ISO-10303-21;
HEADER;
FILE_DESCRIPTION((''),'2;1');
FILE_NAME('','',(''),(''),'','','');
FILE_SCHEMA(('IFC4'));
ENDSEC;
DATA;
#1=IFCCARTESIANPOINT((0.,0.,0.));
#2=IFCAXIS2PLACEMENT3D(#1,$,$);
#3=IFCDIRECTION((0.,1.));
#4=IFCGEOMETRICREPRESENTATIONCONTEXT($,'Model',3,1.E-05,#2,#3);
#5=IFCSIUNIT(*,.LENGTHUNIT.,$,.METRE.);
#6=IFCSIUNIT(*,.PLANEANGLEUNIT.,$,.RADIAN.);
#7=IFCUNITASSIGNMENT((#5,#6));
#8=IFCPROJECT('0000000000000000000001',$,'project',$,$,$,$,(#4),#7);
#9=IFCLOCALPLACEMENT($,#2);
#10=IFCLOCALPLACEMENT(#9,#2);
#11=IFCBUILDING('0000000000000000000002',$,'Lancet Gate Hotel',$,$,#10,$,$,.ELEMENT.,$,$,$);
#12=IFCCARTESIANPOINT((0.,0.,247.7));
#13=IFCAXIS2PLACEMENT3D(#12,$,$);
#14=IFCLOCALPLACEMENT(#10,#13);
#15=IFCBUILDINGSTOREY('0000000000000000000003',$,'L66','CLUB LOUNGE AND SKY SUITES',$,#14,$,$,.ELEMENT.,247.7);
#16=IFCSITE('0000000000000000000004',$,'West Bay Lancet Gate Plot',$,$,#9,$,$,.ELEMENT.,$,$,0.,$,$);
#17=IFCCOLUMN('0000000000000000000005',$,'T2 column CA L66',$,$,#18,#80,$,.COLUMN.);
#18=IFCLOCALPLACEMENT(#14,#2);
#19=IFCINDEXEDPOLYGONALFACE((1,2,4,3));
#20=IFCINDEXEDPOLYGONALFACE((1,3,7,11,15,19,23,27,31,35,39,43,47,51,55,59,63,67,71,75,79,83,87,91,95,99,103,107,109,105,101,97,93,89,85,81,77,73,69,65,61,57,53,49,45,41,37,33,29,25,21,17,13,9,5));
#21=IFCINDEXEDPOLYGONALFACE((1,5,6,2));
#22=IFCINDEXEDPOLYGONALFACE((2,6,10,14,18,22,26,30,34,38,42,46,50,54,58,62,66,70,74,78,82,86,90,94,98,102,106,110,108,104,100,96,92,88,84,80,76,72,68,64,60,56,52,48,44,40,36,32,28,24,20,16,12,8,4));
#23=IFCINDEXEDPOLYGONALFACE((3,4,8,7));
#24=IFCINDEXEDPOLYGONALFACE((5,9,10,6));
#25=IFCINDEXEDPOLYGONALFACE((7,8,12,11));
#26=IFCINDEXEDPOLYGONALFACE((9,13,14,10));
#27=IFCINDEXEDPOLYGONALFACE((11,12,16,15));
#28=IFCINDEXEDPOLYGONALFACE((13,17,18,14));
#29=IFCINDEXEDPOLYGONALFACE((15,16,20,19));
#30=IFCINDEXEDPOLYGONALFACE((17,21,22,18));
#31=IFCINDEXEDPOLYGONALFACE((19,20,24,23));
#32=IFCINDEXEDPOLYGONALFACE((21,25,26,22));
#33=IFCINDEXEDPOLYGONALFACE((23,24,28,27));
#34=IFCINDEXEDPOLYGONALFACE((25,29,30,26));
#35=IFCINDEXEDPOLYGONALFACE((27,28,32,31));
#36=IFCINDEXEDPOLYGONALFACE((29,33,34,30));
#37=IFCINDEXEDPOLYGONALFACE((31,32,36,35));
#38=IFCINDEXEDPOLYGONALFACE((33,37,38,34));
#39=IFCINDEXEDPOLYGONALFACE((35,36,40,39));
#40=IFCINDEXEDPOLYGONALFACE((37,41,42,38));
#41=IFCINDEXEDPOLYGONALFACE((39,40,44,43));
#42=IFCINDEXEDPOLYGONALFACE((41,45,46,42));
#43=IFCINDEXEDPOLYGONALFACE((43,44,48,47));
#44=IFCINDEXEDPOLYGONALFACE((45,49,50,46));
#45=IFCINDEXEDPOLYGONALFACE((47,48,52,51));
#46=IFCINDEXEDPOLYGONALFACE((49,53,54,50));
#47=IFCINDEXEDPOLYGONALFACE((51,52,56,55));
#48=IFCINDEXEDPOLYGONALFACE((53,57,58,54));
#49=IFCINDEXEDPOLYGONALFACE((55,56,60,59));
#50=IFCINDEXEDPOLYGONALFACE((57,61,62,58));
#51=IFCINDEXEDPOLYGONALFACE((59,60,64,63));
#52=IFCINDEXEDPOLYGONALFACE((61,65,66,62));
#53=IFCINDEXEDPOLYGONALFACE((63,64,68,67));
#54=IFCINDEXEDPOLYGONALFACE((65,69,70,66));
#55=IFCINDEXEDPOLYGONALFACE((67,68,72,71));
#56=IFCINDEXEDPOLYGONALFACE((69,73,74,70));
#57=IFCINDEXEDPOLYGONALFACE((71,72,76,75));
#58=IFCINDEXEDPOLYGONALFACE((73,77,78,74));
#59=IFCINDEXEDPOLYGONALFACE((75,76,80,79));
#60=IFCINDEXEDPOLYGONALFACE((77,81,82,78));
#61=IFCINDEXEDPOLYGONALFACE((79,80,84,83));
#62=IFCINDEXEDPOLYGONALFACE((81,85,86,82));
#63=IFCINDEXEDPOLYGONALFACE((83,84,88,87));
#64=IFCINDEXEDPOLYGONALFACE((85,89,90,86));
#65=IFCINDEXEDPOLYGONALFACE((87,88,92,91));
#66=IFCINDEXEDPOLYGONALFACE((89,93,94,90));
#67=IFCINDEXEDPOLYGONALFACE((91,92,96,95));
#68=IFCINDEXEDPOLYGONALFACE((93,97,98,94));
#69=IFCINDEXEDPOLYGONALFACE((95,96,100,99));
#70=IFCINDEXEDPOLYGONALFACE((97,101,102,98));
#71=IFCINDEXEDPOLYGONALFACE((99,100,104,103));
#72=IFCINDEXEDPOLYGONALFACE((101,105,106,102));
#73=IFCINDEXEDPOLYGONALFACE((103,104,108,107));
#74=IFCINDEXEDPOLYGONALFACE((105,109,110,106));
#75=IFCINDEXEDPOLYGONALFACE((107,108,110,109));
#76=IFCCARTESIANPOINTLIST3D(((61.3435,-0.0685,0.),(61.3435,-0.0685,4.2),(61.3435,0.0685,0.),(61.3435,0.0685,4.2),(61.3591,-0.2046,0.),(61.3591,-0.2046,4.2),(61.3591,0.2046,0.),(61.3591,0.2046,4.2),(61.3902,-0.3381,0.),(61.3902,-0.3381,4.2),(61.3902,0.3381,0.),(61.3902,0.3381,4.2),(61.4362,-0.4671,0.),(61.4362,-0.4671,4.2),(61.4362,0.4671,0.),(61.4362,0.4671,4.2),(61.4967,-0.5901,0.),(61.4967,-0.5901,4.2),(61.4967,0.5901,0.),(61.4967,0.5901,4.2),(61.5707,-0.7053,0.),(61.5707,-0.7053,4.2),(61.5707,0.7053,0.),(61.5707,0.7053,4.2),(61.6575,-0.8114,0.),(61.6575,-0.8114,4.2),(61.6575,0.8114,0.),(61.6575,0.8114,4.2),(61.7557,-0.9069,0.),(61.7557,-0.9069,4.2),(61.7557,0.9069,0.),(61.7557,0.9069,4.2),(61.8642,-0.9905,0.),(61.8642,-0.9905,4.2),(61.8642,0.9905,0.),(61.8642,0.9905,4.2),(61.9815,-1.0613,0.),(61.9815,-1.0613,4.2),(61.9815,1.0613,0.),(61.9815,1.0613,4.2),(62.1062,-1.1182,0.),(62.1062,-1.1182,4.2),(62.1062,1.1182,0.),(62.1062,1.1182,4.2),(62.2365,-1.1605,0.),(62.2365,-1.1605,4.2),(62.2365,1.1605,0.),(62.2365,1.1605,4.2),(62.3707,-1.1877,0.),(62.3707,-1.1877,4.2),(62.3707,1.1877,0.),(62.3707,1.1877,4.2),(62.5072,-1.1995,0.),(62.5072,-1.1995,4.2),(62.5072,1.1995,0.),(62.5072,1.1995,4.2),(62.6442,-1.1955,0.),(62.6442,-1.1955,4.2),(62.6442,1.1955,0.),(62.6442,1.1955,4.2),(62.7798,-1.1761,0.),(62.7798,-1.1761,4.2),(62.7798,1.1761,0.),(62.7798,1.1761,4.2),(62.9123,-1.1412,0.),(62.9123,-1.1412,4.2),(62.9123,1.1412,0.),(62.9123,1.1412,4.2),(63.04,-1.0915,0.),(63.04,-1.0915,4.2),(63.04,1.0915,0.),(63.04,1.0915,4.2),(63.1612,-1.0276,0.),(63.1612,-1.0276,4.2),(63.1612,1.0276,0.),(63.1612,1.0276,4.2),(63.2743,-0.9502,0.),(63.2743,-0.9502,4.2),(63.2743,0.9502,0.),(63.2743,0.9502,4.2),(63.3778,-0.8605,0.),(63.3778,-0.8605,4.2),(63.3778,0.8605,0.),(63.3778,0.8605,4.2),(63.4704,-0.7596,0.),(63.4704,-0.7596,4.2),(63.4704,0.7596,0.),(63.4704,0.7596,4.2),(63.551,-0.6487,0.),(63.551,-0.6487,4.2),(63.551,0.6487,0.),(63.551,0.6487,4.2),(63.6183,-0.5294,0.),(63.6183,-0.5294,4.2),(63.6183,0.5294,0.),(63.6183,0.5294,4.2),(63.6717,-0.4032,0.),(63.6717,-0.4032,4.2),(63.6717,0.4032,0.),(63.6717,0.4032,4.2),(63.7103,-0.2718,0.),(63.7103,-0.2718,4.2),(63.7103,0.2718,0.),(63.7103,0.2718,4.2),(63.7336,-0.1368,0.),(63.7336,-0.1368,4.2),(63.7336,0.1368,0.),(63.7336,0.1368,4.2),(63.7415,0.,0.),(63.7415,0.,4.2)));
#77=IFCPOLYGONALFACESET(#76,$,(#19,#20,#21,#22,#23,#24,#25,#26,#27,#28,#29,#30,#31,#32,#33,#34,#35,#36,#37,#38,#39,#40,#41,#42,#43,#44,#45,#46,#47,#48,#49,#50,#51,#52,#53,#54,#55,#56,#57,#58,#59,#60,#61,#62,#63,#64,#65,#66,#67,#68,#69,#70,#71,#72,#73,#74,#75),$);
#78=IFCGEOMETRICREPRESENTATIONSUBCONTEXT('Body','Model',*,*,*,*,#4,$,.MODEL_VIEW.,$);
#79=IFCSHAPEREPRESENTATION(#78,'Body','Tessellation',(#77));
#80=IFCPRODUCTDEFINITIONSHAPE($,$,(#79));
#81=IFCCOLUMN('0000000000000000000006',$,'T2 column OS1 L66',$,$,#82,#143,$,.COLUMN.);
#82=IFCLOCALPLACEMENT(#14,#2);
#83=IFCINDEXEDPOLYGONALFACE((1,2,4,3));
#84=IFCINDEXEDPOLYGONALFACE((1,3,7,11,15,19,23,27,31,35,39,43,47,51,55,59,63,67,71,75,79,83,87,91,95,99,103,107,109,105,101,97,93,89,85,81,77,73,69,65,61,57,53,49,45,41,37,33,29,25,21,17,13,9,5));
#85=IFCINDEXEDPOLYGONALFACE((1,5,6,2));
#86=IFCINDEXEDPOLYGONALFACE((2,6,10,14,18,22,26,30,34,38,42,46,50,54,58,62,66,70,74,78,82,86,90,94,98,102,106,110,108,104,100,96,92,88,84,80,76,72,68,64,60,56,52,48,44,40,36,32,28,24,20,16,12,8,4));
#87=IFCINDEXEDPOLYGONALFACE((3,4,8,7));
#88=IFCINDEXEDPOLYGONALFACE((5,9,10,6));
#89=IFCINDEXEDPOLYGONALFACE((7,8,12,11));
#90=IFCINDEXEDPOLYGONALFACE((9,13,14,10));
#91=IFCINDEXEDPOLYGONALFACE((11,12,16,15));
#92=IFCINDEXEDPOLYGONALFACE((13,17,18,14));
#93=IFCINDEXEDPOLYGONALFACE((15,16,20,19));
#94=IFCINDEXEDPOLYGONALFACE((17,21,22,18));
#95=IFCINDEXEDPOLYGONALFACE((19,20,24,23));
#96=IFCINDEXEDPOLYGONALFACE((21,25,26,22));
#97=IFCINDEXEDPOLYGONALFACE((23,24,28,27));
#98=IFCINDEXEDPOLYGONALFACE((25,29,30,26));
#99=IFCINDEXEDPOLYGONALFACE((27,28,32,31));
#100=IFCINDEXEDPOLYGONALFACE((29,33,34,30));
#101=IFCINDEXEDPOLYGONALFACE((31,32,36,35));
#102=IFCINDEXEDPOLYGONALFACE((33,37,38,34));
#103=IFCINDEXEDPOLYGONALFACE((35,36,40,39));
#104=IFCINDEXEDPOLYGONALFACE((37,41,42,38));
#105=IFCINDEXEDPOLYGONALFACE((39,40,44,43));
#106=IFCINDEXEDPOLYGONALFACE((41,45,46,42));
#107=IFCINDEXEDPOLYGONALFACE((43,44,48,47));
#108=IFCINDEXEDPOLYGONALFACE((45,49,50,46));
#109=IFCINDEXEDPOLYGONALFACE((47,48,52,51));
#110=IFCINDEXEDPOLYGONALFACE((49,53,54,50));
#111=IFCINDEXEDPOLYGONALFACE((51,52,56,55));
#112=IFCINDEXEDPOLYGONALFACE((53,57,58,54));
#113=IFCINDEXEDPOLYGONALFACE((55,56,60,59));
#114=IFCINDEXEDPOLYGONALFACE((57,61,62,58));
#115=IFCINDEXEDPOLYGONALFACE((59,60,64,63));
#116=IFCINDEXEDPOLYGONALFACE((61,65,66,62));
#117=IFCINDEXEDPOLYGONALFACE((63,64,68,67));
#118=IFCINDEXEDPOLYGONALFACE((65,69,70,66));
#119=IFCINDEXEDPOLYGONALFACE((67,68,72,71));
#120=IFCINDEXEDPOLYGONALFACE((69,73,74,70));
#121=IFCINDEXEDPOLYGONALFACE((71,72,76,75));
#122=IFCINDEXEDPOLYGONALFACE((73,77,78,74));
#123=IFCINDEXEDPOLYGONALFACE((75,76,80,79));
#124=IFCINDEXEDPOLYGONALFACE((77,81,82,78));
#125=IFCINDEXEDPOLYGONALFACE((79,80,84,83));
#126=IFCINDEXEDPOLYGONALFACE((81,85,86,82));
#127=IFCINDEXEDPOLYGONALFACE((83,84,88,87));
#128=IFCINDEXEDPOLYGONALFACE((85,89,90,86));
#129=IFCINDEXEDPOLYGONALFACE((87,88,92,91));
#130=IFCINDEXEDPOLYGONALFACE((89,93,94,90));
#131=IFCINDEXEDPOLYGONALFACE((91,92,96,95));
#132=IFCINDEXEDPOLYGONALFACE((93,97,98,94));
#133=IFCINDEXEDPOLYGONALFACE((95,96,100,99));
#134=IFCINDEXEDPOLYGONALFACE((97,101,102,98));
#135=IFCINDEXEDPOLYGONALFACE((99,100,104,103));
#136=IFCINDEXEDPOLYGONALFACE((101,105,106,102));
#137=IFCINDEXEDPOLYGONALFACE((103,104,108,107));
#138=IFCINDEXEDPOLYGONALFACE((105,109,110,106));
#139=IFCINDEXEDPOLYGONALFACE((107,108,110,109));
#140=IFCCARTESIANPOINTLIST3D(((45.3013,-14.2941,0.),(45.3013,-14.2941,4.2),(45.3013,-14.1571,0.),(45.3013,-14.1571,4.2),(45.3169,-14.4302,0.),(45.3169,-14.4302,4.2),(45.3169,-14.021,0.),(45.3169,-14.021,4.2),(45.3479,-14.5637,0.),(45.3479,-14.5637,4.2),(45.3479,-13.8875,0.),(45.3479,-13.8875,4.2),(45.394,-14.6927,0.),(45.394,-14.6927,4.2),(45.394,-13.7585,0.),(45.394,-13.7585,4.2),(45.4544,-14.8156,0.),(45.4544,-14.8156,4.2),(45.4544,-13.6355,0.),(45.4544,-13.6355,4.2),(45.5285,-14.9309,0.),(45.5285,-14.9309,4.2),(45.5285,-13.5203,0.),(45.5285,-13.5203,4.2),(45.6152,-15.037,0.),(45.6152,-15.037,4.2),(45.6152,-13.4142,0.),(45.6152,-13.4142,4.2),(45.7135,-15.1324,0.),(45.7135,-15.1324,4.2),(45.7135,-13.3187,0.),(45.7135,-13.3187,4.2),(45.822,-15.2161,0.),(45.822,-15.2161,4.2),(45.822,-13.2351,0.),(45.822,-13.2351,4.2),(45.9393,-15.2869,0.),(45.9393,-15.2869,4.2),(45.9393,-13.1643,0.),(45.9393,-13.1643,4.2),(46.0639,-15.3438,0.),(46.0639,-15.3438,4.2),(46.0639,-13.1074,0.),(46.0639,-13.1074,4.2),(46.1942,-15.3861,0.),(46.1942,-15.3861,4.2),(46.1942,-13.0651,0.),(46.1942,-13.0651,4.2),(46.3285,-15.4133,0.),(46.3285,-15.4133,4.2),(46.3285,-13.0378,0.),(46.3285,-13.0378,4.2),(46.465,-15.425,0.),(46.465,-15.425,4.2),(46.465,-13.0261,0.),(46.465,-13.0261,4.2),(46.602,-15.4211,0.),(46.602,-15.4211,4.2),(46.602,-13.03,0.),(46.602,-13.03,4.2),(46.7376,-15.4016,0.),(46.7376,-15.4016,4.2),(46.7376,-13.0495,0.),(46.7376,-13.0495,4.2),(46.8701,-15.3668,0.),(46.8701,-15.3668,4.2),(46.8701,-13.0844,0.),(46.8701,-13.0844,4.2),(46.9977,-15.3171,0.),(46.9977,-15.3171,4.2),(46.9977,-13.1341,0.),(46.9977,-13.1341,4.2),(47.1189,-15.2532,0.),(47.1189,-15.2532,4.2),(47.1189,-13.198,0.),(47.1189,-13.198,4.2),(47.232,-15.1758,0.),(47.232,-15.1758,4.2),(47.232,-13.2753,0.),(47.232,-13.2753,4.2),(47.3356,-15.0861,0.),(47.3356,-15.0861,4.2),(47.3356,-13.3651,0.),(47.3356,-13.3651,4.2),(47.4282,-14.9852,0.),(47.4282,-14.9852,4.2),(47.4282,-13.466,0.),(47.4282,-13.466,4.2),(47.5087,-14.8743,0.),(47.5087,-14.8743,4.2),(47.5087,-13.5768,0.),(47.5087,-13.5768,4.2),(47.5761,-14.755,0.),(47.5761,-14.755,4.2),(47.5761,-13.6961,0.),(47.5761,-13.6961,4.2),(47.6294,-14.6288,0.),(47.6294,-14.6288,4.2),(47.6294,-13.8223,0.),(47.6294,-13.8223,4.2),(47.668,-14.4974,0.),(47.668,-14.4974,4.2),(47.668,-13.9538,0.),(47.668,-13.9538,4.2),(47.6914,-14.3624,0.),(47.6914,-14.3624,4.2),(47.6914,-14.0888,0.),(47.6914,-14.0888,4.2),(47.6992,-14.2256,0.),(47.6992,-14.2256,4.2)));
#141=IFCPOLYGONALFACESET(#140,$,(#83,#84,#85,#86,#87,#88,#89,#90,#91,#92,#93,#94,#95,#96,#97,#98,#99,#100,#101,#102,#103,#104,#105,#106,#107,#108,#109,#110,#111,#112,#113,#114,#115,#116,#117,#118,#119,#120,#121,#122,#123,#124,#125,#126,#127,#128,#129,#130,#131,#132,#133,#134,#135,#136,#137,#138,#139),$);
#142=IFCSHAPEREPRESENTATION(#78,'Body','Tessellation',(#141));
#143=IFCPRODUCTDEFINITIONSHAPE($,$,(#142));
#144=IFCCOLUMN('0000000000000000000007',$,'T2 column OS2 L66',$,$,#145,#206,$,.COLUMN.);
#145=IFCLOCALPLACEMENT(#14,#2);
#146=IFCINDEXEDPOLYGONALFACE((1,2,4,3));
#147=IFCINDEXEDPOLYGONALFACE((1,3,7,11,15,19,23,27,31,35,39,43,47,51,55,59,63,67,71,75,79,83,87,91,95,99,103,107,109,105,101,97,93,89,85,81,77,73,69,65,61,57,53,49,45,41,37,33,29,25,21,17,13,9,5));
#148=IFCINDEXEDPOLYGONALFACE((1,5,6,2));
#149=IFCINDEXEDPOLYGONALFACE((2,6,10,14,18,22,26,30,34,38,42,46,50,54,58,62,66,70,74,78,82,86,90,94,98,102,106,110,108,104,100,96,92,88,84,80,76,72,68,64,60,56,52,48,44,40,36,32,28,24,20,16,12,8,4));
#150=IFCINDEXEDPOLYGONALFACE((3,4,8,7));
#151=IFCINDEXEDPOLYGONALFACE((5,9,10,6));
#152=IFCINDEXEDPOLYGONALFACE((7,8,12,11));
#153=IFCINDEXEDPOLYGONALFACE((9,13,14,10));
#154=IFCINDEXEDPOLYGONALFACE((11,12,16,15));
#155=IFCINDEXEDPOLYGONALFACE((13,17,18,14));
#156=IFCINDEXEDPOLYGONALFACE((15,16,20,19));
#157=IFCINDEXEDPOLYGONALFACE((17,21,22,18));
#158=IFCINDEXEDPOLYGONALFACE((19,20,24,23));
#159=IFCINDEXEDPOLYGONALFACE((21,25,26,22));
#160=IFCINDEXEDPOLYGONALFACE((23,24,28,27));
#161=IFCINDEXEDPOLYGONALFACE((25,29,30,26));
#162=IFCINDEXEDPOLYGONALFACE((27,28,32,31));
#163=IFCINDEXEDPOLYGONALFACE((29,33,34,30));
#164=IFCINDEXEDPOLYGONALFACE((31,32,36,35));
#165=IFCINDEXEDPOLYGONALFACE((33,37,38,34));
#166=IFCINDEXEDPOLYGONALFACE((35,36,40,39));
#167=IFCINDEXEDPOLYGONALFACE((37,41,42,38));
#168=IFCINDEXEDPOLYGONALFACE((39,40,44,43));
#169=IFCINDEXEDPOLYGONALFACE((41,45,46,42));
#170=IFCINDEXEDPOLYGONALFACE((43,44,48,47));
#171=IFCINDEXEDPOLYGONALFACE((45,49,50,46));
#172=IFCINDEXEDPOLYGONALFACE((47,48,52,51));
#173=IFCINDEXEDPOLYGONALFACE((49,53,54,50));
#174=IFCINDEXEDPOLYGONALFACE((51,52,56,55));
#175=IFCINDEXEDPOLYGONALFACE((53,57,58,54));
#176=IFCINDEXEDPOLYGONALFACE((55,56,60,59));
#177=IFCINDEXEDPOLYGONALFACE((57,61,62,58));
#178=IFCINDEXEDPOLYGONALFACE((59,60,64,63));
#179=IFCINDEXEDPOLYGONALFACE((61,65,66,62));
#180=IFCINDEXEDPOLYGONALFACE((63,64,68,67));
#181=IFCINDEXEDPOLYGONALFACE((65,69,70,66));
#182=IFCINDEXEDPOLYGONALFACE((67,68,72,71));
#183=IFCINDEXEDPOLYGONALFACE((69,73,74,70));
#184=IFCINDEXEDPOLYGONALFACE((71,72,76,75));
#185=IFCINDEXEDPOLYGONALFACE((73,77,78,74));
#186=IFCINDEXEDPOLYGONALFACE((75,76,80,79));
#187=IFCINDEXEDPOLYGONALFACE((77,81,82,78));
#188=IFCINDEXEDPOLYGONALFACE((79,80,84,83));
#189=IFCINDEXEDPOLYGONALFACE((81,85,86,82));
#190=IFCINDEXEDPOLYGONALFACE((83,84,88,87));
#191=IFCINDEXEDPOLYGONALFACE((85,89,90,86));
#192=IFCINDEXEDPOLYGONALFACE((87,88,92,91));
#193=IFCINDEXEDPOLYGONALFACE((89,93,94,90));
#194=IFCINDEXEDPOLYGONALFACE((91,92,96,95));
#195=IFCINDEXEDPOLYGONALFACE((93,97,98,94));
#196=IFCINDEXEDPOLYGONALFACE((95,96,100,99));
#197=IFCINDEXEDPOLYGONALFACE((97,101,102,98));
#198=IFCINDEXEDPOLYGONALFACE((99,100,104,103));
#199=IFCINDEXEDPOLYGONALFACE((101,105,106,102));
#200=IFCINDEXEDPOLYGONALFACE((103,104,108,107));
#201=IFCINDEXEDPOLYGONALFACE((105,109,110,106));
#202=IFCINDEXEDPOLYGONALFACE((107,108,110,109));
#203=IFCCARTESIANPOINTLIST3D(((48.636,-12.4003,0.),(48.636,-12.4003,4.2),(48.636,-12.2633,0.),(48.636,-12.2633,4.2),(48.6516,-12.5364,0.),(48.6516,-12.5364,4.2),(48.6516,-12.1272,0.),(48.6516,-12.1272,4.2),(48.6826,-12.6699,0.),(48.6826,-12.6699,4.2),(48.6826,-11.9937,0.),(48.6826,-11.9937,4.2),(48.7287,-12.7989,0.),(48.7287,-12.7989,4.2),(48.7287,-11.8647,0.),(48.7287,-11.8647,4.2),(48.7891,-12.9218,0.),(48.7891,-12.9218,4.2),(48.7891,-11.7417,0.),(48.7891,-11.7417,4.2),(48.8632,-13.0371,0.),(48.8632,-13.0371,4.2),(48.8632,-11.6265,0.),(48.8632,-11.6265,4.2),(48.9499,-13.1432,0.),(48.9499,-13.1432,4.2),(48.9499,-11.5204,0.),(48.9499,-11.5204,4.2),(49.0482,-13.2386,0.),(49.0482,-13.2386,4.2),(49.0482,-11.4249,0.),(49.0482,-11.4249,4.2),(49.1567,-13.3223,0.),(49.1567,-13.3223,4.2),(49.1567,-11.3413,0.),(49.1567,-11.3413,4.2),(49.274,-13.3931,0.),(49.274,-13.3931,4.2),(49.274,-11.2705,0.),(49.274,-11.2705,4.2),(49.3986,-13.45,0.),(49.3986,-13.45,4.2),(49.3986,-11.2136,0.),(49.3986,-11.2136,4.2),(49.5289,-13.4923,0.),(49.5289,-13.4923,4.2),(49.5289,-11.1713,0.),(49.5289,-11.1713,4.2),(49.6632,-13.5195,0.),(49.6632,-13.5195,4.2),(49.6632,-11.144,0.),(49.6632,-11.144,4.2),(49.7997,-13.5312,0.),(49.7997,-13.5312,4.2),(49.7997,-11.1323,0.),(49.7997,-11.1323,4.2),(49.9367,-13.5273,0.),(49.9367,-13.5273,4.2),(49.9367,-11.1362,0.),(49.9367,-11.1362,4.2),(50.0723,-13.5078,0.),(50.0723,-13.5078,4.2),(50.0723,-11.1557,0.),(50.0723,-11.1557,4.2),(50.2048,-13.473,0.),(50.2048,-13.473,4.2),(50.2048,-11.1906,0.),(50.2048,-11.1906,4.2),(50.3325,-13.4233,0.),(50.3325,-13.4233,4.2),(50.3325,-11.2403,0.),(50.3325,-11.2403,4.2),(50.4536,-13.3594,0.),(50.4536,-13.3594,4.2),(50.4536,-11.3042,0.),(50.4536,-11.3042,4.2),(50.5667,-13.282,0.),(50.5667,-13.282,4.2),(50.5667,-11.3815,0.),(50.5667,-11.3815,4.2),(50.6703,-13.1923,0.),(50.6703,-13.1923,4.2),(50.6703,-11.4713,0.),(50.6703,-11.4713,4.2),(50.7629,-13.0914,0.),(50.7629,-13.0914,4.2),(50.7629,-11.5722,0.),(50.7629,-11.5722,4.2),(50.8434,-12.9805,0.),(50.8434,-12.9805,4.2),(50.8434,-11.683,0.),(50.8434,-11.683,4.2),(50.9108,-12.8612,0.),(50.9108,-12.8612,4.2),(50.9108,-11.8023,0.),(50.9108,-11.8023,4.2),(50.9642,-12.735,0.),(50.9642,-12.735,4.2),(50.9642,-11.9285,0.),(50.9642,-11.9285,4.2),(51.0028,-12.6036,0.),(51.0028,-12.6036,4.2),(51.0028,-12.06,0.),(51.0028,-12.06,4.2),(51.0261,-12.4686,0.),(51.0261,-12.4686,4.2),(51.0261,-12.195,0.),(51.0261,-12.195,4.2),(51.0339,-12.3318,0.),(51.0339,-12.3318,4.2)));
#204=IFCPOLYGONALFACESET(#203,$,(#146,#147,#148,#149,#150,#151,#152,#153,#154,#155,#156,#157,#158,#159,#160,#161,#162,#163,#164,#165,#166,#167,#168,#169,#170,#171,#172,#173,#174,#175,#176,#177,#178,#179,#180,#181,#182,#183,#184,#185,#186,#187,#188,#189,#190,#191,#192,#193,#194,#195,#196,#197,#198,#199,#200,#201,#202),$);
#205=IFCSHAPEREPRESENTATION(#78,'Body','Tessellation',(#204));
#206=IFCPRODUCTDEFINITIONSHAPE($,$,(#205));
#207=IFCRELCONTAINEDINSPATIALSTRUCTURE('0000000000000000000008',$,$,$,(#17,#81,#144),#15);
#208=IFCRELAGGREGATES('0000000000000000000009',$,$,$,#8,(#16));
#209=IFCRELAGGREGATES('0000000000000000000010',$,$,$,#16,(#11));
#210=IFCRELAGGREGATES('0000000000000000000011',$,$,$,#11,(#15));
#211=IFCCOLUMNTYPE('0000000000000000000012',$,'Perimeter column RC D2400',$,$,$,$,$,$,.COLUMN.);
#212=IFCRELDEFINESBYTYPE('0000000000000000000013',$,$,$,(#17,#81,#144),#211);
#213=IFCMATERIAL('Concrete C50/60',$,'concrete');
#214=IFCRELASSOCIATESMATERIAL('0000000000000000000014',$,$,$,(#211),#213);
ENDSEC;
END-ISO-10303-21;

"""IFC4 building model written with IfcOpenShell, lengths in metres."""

from ifc_helpers import new_model, si_unit, direction, frame, origin, origin_2d, place, context, subcontext, project, spatial, circle, extrude, material, material_profile, profile_set, type_object, element, save


model = new_model("IFC4")

# Units and contexts
model_context = context("Model", 3, precision=1e-05, world=origin(), true_north=direction((0.0, 1.0)))
body_context = subcontext(model_context, "Body", "Model", "MODEL_VIEW")
ifc_project = project(units=[si_unit("LENGTHUNIT", "METRE"), si_unit("PLANEANGLEUNIT", "RADIAN")], contexts=[model_context])

# Site, building, storey
site_placement = place(None, origin())
site = spatial("IfcSite", under=ifc_project, at=site_placement, Name="West Bay Lancet Gate Plot", CompositionType="ELEMENT", RefElevation=0.0)
building_placement = place(site_placement, origin())
building = spatial("IfcBuilding", under=site, at=building_placement, Name="Lancet Gate Hotel", CompositionType="ELEMENT")
storey_placement = place(building_placement, frame((0.0, 0.0, 247.7)))
storey = spatial("IfcBuildingStorey", under=building, at=storey_placement, Name="L66", Description="CLUB LOUNGE AND SKY SUITES", CompositionType="ELEMENT", Elevation=247.7)

# Columns
ifc_material_1 = material(Name="Concrete C50/60", Category="concrete")
ifc_material_profile_1 = material_profile(ifc_material_1, circle(Radius=1.2, at=origin_2d()), Name="RC D2400")
ifc_profile_set_1 = profile_set([ifc_material_profile_1], Name="Concrete C50/60")
column_type = type_object("IfcColumnType", Name="Perimeter column RC D2400", PredefinedType="COLUMN", material=ifc_profile_set_1)
for number, where, z_axis, x_axis, name in (
    (1, (62.5415, 0.0, 0.0), (0.0, 0.0, 1.0), (1.0, 0.0, 0.0), "T2 column CA L66"),
    (2, (46.4993, -14.2256, 0.0), (0.0, 0.0, 1.0), (1.0, 0.0, 0.0), "T2 column OS1 L66"),
    (3, (49.834, -12.3318, 0.0), (0.0, 0.0, 1.0), (1.0, 0.0, 0.0), "T2 column OS2 L66"),
):
    element("IfcColumn", number, at=place(storey_placement, frame(where, z_axis=z_axis, x_axis=x_axis)), inside=storey, type_object=column_type, Name=name, PredefinedType="COLUMN", context=body_context, shape_type="SweptSolid", body=[
        extrude(circle(Radius=1.2, at=origin_2d()), origin(), (0.0, 0.0, 1.0), 4.2),
    ])

save(model, "model.ifc")
